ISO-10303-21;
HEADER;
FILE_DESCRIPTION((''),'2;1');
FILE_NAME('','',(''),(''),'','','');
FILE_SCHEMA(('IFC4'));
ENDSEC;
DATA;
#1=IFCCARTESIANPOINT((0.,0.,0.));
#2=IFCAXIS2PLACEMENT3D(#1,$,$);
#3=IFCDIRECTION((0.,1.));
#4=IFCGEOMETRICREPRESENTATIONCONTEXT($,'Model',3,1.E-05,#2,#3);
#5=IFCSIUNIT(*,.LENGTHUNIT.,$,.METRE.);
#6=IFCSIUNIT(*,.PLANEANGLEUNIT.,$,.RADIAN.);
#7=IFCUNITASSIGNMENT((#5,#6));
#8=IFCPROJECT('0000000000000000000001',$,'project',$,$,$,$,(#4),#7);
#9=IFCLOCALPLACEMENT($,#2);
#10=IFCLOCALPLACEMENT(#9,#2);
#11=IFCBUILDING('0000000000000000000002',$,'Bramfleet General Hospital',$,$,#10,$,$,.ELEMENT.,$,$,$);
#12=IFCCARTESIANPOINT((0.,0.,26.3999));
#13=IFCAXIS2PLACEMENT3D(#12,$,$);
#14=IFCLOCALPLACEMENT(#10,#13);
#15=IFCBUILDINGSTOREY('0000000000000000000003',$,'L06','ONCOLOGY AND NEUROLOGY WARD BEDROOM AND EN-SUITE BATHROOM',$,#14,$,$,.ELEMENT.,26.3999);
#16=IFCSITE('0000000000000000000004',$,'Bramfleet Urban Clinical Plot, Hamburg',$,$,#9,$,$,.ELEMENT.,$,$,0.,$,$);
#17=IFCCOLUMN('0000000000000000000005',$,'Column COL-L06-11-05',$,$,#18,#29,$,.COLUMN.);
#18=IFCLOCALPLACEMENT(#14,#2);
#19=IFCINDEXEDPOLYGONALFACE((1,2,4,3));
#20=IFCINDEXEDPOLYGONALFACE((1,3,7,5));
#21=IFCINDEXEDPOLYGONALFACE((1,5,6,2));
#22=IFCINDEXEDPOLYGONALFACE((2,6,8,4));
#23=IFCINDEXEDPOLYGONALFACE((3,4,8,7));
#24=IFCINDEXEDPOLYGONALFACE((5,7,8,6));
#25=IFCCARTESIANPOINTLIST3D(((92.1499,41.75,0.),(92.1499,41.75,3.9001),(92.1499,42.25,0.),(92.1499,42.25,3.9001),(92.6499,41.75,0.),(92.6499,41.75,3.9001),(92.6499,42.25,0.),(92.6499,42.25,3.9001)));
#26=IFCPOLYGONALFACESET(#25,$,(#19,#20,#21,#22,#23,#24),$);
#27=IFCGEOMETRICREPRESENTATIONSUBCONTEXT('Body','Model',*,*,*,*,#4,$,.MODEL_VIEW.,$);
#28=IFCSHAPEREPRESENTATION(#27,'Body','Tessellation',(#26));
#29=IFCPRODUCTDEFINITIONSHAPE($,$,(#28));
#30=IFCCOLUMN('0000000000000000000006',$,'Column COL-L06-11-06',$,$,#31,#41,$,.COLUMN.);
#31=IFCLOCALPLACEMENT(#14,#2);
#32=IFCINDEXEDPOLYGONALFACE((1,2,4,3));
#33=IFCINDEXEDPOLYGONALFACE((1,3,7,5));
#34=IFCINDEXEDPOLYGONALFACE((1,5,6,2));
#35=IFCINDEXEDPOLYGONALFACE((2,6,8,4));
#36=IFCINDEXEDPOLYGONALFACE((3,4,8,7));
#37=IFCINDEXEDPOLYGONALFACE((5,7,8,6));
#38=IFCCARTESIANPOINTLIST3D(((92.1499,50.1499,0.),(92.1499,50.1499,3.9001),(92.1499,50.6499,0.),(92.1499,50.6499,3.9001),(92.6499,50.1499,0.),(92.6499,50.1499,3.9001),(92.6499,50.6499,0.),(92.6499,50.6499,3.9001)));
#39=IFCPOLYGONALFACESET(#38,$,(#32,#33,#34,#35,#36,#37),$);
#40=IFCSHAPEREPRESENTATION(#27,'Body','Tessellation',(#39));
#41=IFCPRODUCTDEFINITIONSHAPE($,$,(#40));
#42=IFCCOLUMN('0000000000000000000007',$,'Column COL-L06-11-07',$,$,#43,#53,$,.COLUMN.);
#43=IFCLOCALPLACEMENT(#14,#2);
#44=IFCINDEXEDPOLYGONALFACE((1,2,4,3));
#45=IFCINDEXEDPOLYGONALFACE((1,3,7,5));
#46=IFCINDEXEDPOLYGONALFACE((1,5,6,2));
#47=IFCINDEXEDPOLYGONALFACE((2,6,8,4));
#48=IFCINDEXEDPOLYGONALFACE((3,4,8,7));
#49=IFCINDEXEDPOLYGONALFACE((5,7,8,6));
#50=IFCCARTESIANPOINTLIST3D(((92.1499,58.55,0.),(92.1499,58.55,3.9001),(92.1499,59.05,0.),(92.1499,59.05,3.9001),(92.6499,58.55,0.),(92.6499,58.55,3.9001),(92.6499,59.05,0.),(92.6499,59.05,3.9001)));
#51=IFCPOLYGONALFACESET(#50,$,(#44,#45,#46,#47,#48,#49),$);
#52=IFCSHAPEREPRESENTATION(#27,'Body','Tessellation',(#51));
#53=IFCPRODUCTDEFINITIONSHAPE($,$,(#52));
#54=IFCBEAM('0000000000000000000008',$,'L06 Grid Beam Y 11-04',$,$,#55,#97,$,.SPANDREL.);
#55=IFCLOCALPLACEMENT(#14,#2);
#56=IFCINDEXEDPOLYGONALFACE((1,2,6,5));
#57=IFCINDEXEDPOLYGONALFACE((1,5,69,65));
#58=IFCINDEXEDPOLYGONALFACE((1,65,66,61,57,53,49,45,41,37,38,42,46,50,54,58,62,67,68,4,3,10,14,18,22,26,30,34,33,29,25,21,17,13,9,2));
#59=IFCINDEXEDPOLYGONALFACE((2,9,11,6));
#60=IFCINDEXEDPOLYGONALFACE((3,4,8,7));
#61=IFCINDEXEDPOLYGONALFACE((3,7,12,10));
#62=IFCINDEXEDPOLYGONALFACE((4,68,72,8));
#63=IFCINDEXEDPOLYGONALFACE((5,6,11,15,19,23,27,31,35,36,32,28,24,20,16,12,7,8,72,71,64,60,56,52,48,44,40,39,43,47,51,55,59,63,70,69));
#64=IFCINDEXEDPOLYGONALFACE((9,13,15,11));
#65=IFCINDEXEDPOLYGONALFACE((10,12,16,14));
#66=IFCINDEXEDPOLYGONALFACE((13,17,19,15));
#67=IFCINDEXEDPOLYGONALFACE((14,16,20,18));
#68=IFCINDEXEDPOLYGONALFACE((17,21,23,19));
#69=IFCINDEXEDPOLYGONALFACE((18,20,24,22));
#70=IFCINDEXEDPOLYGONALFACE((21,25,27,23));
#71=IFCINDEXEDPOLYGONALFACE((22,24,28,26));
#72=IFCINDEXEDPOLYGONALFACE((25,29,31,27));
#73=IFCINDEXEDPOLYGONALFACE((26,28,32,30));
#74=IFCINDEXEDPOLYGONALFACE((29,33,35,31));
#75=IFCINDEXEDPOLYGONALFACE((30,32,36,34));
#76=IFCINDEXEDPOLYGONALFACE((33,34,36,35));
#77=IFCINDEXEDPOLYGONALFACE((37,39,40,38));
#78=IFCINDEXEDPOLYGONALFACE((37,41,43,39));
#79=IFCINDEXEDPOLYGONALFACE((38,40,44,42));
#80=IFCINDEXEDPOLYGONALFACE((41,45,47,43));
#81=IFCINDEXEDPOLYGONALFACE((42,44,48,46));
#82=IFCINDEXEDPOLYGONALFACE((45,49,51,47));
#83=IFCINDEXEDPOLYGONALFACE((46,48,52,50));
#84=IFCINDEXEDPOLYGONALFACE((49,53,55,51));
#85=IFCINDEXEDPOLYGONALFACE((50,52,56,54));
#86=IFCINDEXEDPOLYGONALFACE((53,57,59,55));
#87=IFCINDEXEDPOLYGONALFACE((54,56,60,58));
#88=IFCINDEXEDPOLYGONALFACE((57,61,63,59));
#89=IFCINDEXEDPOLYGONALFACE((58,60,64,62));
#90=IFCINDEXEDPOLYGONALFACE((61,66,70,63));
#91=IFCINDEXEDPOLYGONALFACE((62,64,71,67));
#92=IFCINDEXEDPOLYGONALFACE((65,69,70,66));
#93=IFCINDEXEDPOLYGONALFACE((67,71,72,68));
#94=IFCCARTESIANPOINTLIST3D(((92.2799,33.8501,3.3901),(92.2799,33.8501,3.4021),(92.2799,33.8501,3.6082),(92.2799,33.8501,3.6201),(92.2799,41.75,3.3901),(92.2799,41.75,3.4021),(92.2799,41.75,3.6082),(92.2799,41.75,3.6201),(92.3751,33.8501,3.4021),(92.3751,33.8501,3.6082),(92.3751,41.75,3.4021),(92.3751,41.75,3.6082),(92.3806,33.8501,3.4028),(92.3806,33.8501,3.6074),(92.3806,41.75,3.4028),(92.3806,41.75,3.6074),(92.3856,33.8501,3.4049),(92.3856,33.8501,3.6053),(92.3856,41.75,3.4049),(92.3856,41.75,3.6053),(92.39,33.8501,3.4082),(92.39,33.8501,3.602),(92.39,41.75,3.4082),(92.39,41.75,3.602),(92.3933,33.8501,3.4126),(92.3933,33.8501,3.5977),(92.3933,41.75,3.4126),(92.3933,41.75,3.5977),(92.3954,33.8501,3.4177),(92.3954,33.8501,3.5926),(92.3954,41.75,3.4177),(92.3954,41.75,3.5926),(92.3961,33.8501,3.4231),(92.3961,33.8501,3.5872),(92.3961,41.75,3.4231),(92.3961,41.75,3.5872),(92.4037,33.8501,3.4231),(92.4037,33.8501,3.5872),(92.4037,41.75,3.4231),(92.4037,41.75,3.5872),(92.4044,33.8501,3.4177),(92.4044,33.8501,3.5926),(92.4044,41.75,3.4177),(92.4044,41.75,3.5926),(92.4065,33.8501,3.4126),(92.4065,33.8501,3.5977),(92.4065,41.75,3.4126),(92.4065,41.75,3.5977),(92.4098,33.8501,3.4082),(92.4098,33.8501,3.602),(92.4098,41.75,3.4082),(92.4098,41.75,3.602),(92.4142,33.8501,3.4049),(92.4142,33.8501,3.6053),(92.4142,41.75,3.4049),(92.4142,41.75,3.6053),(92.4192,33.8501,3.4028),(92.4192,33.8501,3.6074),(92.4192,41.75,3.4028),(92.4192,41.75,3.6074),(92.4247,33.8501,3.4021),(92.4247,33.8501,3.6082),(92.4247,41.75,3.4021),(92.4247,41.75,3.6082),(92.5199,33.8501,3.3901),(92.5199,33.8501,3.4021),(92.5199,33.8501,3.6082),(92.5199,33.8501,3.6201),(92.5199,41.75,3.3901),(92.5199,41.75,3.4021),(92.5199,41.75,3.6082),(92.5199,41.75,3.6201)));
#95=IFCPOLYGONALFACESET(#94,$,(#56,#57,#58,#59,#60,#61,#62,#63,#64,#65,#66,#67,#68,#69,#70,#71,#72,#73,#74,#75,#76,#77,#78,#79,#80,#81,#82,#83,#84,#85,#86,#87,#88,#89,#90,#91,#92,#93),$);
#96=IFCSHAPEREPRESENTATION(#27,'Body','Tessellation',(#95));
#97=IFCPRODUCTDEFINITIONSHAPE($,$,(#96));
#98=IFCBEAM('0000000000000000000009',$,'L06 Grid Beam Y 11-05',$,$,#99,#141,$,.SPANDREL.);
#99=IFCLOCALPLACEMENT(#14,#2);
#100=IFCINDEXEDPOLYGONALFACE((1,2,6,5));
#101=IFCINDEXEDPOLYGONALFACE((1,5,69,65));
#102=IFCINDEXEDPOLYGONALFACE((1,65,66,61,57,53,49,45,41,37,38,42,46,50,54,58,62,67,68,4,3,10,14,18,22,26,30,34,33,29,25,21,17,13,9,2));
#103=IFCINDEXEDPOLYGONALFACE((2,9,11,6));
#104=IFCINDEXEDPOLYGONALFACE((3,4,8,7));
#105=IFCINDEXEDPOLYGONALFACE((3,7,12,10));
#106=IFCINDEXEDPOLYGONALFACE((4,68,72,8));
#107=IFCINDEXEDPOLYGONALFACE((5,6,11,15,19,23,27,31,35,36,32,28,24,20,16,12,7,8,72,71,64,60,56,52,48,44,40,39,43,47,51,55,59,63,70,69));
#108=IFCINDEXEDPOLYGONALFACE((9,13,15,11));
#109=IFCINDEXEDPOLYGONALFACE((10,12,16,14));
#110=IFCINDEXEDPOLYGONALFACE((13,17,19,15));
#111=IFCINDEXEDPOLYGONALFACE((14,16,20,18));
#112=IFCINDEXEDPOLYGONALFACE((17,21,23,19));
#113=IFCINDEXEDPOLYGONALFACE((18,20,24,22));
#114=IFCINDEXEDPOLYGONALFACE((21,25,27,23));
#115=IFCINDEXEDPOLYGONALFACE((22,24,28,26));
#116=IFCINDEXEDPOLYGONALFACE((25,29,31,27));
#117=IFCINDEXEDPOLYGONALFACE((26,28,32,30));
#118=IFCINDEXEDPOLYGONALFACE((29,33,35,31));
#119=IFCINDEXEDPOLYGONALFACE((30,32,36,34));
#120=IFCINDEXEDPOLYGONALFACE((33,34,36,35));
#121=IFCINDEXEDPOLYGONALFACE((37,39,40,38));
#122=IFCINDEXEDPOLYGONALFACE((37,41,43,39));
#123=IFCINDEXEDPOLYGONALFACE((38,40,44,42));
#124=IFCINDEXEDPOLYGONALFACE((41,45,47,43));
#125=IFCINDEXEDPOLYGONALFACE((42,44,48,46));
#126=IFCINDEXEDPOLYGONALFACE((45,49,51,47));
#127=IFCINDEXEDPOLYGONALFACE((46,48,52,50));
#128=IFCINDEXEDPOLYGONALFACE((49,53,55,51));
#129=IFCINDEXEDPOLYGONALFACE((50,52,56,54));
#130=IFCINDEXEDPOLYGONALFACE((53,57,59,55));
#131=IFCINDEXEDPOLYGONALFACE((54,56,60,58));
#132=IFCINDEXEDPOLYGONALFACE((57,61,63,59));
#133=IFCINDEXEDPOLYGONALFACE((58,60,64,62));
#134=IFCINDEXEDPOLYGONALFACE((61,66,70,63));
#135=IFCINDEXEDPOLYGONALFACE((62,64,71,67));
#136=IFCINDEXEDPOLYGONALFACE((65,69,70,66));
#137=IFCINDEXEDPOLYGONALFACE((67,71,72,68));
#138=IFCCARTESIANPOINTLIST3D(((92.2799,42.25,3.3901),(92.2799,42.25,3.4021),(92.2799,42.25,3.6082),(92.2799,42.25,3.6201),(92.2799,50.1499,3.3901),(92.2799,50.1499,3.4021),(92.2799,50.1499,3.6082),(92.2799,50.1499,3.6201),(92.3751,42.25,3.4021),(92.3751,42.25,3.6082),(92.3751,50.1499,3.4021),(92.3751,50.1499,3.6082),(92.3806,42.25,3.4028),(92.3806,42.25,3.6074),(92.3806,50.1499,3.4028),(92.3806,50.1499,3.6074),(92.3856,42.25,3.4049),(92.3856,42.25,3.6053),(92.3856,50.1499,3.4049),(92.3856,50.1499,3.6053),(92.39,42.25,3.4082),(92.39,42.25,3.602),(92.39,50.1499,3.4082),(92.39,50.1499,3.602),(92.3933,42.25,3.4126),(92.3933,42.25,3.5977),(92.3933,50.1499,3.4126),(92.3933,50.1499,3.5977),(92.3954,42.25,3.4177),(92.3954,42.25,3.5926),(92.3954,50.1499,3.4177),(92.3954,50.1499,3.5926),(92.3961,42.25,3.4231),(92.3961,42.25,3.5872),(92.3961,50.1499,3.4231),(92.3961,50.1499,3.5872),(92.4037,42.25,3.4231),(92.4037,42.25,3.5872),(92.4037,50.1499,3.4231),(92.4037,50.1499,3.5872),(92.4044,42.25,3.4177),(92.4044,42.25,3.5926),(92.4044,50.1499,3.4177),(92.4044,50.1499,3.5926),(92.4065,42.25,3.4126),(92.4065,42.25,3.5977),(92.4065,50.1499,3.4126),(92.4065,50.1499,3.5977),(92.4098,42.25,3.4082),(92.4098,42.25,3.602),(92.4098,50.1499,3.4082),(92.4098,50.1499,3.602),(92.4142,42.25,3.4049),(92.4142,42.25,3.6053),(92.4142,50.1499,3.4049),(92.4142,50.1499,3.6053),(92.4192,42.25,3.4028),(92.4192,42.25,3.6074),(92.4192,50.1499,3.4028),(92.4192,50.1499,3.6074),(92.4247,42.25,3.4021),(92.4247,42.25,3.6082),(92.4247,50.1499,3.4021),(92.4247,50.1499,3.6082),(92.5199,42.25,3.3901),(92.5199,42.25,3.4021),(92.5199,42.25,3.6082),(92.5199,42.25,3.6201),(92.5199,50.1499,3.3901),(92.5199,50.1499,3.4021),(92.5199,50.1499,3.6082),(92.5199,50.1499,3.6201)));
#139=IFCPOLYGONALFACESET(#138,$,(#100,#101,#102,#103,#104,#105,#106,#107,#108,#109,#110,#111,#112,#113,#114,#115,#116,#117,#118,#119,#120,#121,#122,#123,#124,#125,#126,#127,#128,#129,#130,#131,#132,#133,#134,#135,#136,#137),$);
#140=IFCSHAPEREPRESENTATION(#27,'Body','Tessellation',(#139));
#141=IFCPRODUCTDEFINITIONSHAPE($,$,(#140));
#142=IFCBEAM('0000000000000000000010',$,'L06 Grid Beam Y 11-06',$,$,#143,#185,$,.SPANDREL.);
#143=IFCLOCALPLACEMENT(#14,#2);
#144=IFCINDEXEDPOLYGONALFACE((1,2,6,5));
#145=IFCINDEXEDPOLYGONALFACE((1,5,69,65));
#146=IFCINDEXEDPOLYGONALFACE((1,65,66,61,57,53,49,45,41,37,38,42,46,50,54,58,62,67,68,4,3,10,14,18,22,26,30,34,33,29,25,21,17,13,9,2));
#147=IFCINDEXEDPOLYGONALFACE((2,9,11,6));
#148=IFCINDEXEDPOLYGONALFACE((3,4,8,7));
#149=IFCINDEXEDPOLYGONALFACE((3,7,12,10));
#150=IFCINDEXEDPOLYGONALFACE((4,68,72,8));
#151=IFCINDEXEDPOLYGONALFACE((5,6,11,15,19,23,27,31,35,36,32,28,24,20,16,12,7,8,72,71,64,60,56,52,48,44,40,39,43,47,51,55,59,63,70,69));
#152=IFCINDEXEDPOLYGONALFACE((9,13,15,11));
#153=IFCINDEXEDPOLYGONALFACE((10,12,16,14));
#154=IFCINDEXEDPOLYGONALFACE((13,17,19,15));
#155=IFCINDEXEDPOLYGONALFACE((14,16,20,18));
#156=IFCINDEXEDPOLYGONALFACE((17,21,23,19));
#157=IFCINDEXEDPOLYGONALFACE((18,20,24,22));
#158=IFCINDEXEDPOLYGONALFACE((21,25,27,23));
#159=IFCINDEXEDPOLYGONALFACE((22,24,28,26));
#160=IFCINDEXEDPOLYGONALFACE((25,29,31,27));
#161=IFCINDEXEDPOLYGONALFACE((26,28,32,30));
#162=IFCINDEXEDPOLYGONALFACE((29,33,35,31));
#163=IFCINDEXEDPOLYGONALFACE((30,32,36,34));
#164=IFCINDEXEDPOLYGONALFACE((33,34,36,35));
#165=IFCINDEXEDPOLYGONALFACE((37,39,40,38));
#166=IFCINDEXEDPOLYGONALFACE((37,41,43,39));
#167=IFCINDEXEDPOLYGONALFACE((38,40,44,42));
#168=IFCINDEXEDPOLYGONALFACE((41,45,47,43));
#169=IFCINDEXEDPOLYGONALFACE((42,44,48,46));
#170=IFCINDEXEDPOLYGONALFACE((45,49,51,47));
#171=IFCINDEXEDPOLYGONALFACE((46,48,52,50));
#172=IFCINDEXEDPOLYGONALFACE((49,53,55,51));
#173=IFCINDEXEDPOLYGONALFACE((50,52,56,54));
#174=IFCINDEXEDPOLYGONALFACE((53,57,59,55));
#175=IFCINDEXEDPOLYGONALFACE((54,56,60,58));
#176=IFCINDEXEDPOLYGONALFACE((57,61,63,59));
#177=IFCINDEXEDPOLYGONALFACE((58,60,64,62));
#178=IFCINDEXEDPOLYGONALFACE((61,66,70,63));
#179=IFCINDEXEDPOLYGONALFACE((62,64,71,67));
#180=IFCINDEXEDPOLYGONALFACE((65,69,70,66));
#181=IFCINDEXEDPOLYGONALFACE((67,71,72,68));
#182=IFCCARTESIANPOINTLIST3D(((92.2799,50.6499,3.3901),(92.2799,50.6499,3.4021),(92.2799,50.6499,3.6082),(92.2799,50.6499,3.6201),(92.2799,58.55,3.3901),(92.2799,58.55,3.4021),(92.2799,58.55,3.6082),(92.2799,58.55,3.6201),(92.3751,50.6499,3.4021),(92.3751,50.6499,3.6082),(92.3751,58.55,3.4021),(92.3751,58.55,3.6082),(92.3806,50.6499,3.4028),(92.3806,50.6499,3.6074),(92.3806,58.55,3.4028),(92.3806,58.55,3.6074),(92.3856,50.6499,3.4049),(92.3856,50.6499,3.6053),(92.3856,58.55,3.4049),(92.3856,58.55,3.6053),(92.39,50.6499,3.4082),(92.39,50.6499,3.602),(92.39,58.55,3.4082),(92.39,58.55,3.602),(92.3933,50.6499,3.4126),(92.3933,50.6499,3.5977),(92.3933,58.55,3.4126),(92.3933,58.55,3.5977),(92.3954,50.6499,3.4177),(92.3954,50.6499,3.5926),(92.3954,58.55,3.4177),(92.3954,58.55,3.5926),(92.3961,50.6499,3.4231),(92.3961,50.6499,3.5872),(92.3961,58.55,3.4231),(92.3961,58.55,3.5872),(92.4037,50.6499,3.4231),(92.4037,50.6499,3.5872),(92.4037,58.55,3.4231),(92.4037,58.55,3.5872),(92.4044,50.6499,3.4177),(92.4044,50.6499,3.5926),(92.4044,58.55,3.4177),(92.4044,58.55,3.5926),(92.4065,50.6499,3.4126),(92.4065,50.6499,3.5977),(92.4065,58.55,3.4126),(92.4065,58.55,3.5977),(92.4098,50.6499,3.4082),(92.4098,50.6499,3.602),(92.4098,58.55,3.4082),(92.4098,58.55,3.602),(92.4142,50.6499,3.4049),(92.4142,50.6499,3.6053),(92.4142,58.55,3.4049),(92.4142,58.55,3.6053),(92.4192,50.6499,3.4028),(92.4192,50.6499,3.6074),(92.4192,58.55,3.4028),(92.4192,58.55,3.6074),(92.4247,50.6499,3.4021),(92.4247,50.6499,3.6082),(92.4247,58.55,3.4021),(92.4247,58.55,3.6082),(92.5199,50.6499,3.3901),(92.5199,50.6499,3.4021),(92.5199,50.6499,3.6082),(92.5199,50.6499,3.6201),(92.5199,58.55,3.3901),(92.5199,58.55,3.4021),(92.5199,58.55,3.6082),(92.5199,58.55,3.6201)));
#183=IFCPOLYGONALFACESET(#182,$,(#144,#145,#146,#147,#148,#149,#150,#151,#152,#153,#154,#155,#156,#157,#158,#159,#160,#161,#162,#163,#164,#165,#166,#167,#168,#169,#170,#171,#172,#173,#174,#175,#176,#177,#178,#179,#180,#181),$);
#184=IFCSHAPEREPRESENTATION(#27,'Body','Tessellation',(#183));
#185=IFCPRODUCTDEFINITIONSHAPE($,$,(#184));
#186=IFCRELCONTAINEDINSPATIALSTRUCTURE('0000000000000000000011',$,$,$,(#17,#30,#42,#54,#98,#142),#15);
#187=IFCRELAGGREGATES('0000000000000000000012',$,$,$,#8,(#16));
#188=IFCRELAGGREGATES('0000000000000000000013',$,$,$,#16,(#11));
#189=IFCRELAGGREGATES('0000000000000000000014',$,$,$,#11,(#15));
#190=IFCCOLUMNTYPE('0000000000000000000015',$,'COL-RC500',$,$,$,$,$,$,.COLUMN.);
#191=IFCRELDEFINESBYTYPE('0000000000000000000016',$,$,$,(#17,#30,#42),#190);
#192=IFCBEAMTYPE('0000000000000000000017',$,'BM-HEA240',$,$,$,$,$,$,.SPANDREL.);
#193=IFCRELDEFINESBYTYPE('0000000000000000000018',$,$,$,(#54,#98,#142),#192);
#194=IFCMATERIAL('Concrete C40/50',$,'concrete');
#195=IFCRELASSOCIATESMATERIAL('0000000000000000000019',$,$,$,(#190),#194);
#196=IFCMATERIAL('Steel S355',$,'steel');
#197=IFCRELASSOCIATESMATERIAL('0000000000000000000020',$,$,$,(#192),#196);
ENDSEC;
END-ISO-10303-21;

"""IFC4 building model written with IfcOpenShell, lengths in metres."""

from ifc_helpers import new_model, si_unit, direction, frame, origin, origin_2d, place, context, subcontext, project, spatial, rectangle, i_section, extrude, material, material_profile, profile_set, type_object, element, save


model = new_model("IFC4")

# Units and contexts
model_context = context("Model", 3, precision=1e-05, world=origin(), true_north=direction((0.0, 1.0)))
body_context = subcontext(model_context, "Body", "Model", "MODEL_VIEW")
ifc_project = project(units=[si_unit("LENGTHUNIT", "METRE"), si_unit("PLANEANGLEUNIT", "RADIAN")], contexts=[model_context])

# Site, building, storey
site_placement = place(None, origin())
site = spatial("IfcSite", under=ifc_project, at=site_placement, Name="Bramfleet Urban Clinical Plot, Hamburg", CompositionType="ELEMENT", RefElevation=0.0)
building_placement = place(site_placement, origin())
building = spatial("IfcBuilding", under=site, at=building_placement, Name="Bramfleet General Hospital", CompositionType="ELEMENT")
storey_placement = place(building_placement, frame((0.0, 0.0, 26.3999)))
storey = spatial("IfcBuildingStorey", under=building, at=storey_placement, Name="L06", Description="ONCOLOGY AND NEUROLOGY WARD BEDROOM AND EN-SUITE BATHROOM", CompositionType="ELEMENT", Elevation=26.3999)

# Columns
ifc_material_1 = material(Name="Concrete C40/50", Category="concrete")
ifc_material_profile_1 = material_profile(ifc_material_1, rectangle(XDim=0.5, YDim=0.5, at=origin_2d()), Name="RC COL 500x500")
ifc_profile_set_1 = profile_set([ifc_material_profile_1], Name="Concrete C40/50")
column_type = type_object("IfcColumnType", Name="COL-RC500", PredefinedType="COLUMN", material=ifc_profile_set_1)
for number, where, z_axis, x_axis, name in (
    (1, (92.3999, 42.0, 0.0), (0.0, 0.0, 1.0), (1.0, 0.0, 0.0), "Column COL-L06-11-05"),
    (2, (92.3999, 50.3999, 0.0), (0.0, 0.0, 1.0), (1.0, 0.0, 0.0), "Column COL-L06-11-06"),
    (3, (92.3999, 58.8, 0.0), (0.0, 0.0, 1.0), (1.0, 0.0, 0.0), "Column COL-L06-11-07"),
):
    element("IfcColumn", number, at=place(storey_placement, frame(where, z_axis=z_axis, x_axis=x_axis)), inside=storey, type_object=column_type, Name=name, PredefinedType="COLUMN", context=body_context, shape_type="SweptSolid", body=[
        extrude(rectangle(XDim=0.5, YDim=0.5, at=origin_2d()), origin(), (0.0, 0.0, 1.0), 3.9001),
    ])

# Beams
ifc_material_2 = material(Name="Steel S355", Category="steel")
ifc_material_profile_2 = material_profile(ifc_material_2, i_section(OverallWidth=0.24, OverallDepth=0.23, WebThickness=0.0076, FlangeThickness=0.012, FilletRadius=0.021, at=origin_2d()), Name="HEA 240")
ifc_profile_set_2 = profile_set([ifc_material_profile_2], Name="Steel S355")
beam_type = type_object("IfcBeamType", Name="BM-HEA240", PredefinedType="SPANDREL", material=ifc_profile_set_2)
for number, where, z_axis, x_axis, name in (
    (4, (92.3999, 33.8501, 3.5051), (0.0, 1.0, 0.0), (-1.0, 0.0, 0.0), "L06 Grid Beam Y 11-04"),
    (5, (92.3999, 42.25, 3.5051), (0.0, 1.0, 0.0), (-1.0, 0.0, 0.0), "L06 Grid Beam Y 11-05"),
):
    element("IfcBeam", number, at=place(storey_placement, frame(where, z_axis=z_axis, x_axis=x_axis)), inside=storey, type_object=beam_type, Name=name, PredefinedType="SPANDREL", context=body_context, shape_type="SweptSolid", body=[
        extrude(i_section(OverallWidth=0.24, OverallDepth=0.23, WebThickness=0.0076, FlangeThickness=0.012, FilletRadius=0.021, at=origin_2d()), origin(), (0.0, 0.0, 1.0), 7.8999),
    ])
beam_1_placement = place(storey_placement, frame((92.3999, 50.6499, 3.5051), z_axis=(0.0, 1.0, 0.0), x_axis=(-1.0, 0.0, 0.0)))
element("IfcBeam", 6, at=beam_1_placement, inside=storey, type_object=beam_type, Name="L06 Grid Beam Y 11-06", PredefinedType="SPANDREL", context=body_context, shape_type="SweptSolid", body=[
    extrude(i_section(OverallWidth=0.24, OverallDepth=0.23, WebThickness=0.0076, FlangeThickness=0.012, FilletRadius=0.021, at=origin_2d()), origin(), (0.0, 0.0, 1.0), 7.9001),
])

save(model, "model.ifc")
